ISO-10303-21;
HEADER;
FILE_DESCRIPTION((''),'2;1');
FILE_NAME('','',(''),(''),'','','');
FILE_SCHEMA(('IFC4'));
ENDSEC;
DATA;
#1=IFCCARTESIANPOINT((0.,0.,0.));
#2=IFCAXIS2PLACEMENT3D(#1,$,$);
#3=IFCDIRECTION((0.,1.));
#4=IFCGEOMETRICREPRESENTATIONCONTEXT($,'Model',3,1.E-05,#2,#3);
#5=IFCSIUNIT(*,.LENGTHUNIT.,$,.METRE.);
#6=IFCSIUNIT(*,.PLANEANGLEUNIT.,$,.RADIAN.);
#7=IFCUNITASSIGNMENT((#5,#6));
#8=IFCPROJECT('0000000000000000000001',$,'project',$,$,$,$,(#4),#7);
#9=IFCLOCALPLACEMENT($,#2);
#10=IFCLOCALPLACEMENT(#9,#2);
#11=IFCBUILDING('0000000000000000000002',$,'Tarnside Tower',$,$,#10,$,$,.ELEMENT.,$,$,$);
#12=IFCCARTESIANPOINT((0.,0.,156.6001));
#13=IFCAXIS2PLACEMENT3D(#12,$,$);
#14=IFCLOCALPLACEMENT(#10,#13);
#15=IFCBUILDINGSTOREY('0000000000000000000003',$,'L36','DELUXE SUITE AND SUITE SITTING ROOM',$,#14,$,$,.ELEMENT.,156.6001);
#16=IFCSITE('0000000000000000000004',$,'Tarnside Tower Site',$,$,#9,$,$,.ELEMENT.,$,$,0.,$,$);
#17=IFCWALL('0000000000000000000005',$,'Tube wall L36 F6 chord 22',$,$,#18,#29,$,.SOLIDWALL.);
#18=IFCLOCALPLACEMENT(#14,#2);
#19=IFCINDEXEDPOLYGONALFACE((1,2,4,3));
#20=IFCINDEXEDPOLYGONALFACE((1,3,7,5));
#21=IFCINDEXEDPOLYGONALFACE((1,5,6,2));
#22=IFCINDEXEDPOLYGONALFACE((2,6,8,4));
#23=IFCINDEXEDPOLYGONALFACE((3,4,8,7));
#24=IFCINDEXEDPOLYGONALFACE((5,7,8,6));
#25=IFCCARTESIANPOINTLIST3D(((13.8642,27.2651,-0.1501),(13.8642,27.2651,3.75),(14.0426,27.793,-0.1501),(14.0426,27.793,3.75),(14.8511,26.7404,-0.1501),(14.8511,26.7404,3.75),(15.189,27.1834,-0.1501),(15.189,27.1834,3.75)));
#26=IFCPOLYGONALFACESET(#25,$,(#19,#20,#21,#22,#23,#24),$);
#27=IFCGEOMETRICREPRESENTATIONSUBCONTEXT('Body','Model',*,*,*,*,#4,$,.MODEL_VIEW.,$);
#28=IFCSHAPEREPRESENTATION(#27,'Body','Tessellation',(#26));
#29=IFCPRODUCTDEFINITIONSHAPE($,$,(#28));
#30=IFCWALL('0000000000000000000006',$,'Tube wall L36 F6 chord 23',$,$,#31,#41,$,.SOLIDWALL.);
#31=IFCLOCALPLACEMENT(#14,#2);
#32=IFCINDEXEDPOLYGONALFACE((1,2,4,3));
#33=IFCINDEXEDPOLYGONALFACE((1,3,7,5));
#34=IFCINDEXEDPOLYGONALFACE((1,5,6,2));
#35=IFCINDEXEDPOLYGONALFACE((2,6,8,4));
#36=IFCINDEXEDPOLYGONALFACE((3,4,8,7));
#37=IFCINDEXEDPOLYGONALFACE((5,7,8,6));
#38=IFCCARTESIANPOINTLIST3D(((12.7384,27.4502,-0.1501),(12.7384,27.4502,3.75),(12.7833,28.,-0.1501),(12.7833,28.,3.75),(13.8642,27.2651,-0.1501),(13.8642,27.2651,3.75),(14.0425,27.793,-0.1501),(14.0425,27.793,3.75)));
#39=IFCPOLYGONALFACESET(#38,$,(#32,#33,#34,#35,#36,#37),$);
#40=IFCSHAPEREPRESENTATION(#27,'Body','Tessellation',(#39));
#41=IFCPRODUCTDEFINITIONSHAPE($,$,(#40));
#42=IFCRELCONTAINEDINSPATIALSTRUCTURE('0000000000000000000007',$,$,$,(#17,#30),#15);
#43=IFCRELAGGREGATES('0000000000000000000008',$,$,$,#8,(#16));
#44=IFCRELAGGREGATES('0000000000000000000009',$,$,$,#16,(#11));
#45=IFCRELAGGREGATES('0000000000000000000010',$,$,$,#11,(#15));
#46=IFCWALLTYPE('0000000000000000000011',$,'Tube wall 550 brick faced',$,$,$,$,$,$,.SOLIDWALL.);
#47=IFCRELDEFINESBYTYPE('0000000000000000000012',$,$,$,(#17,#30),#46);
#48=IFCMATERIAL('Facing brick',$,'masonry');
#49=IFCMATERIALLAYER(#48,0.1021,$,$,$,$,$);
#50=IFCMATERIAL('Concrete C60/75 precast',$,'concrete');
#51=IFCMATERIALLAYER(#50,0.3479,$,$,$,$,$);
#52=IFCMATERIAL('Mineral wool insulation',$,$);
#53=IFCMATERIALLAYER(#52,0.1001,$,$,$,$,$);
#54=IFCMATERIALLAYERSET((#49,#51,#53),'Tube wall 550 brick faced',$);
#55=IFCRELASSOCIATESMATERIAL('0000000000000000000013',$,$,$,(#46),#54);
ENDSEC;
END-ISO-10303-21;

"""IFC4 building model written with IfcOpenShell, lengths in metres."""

from ifc_helpers import new_model, si_unit, direction, frame, origin, place, context, subcontext, project, spatial, polyline, outline, extrude, material, layer, layer_set, type_object, element, save


model = new_model("IFC4")

# Units and contexts
model_context = context("Model", 3, precision=1e-05, world=origin(), true_north=direction((0.0, 1.0)))
body_context = subcontext(model_context, "Body", "Model", "MODEL_VIEW")
ifc_project = project(units=[si_unit("LENGTHUNIT", "METRE"), si_unit("PLANEANGLEUNIT", "RADIAN")], contexts=[model_context])

# Site, building, storey
site_placement = place(None, origin())
site = spatial("IfcSite", under=ifc_project, at=site_placement, Name="Tarnside Tower Site", CompositionType="ELEMENT", RefElevation=0.0)
building_placement = place(site_placement, origin())
building = spatial("IfcBuilding", under=site, at=building_placement, Name="Tarnside Tower", CompositionType="ELEMENT")
storey_placement = place(building_placement, frame((0.0, 0.0, 156.6001)))
storey = spatial("IfcBuildingStorey", under=building, at=storey_placement, Name="L36", Description="DELUXE SUITE AND SUITE SITTING ROOM", CompositionType="ELEMENT", Elevation=156.6001)

# Shared definitions
ifc_material_1 = material(Name="Facing brick", Category="masonry")
ifc_layer_1 = layer(ifc_material_1, 0.1021)
ifc_material_2 = material(Name="Concrete C60/75 precast", Category="concrete")
ifc_layer_2 = layer(ifc_material_2, 0.3479)
ifc_material_3 = material(Name="Mineral wool insulation")
ifc_layer_3 = layer(ifc_material_3, 0.1001)
ifc_layer_set_1 = layer_set([ifc_layer_1, ifc_layer_2, ifc_layer_3], Name="Tube wall 550 brick faced")
wall_type_1 = type_object("IfcWallType", Name="Tube wall 550 brick faced", PredefinedType="SOLIDWALL", material=ifc_layer_set_1)

# Walls
wall_1_placement = place(storey_placement, frame((15.02, 26.9619, -0.1501), z_axis=(0.0, 0.0, 1.0), x_axis=(-0.882951, 0.469465, 0.0)))
element("IfcWall", 1, at=wall_1_placement, inside=storey, type_object=wall_type_1, Name="Tube wall L36 F6 chord 22", PredefinedType="SOLIDWALL", context=body_context, shape_type="SweptSolid", body=[
    extrude(outline(polyline([(-0.0452, -0.2749), (1.2532, -0.2749), (1.1628, 0.2749), (0.0452, 0.2749), (-0.0452, -0.2749)])), origin(), (0.0, 0.0, 1.0), 3.9001),
])
wall_2_placement = place(storey_placement, frame((13.9534, 27.5291, -0.1501), z_axis=(0.0, 0.0, 1.0), x_axis=(-0.986752, 0.162236, 0.0)))
element("IfcWall", 2, at=wall_2_placement, inside=storey, type_object=wall_type_1, Name="Tube wall L36 F6 chord 23", PredefinedType="SOLIDWALL", context=body_context, shape_type="SweptSolid", body=[
    extrude(outline(polyline([(-0.0452, -0.2749), (1.231, -0.2749), (1.186, 0.2749), (0.0452, 0.2749), (-0.0452, -0.2749)])), origin(), (0.0, 0.0, 1.0), 3.9001),
])

save(model, "model.ifc")
